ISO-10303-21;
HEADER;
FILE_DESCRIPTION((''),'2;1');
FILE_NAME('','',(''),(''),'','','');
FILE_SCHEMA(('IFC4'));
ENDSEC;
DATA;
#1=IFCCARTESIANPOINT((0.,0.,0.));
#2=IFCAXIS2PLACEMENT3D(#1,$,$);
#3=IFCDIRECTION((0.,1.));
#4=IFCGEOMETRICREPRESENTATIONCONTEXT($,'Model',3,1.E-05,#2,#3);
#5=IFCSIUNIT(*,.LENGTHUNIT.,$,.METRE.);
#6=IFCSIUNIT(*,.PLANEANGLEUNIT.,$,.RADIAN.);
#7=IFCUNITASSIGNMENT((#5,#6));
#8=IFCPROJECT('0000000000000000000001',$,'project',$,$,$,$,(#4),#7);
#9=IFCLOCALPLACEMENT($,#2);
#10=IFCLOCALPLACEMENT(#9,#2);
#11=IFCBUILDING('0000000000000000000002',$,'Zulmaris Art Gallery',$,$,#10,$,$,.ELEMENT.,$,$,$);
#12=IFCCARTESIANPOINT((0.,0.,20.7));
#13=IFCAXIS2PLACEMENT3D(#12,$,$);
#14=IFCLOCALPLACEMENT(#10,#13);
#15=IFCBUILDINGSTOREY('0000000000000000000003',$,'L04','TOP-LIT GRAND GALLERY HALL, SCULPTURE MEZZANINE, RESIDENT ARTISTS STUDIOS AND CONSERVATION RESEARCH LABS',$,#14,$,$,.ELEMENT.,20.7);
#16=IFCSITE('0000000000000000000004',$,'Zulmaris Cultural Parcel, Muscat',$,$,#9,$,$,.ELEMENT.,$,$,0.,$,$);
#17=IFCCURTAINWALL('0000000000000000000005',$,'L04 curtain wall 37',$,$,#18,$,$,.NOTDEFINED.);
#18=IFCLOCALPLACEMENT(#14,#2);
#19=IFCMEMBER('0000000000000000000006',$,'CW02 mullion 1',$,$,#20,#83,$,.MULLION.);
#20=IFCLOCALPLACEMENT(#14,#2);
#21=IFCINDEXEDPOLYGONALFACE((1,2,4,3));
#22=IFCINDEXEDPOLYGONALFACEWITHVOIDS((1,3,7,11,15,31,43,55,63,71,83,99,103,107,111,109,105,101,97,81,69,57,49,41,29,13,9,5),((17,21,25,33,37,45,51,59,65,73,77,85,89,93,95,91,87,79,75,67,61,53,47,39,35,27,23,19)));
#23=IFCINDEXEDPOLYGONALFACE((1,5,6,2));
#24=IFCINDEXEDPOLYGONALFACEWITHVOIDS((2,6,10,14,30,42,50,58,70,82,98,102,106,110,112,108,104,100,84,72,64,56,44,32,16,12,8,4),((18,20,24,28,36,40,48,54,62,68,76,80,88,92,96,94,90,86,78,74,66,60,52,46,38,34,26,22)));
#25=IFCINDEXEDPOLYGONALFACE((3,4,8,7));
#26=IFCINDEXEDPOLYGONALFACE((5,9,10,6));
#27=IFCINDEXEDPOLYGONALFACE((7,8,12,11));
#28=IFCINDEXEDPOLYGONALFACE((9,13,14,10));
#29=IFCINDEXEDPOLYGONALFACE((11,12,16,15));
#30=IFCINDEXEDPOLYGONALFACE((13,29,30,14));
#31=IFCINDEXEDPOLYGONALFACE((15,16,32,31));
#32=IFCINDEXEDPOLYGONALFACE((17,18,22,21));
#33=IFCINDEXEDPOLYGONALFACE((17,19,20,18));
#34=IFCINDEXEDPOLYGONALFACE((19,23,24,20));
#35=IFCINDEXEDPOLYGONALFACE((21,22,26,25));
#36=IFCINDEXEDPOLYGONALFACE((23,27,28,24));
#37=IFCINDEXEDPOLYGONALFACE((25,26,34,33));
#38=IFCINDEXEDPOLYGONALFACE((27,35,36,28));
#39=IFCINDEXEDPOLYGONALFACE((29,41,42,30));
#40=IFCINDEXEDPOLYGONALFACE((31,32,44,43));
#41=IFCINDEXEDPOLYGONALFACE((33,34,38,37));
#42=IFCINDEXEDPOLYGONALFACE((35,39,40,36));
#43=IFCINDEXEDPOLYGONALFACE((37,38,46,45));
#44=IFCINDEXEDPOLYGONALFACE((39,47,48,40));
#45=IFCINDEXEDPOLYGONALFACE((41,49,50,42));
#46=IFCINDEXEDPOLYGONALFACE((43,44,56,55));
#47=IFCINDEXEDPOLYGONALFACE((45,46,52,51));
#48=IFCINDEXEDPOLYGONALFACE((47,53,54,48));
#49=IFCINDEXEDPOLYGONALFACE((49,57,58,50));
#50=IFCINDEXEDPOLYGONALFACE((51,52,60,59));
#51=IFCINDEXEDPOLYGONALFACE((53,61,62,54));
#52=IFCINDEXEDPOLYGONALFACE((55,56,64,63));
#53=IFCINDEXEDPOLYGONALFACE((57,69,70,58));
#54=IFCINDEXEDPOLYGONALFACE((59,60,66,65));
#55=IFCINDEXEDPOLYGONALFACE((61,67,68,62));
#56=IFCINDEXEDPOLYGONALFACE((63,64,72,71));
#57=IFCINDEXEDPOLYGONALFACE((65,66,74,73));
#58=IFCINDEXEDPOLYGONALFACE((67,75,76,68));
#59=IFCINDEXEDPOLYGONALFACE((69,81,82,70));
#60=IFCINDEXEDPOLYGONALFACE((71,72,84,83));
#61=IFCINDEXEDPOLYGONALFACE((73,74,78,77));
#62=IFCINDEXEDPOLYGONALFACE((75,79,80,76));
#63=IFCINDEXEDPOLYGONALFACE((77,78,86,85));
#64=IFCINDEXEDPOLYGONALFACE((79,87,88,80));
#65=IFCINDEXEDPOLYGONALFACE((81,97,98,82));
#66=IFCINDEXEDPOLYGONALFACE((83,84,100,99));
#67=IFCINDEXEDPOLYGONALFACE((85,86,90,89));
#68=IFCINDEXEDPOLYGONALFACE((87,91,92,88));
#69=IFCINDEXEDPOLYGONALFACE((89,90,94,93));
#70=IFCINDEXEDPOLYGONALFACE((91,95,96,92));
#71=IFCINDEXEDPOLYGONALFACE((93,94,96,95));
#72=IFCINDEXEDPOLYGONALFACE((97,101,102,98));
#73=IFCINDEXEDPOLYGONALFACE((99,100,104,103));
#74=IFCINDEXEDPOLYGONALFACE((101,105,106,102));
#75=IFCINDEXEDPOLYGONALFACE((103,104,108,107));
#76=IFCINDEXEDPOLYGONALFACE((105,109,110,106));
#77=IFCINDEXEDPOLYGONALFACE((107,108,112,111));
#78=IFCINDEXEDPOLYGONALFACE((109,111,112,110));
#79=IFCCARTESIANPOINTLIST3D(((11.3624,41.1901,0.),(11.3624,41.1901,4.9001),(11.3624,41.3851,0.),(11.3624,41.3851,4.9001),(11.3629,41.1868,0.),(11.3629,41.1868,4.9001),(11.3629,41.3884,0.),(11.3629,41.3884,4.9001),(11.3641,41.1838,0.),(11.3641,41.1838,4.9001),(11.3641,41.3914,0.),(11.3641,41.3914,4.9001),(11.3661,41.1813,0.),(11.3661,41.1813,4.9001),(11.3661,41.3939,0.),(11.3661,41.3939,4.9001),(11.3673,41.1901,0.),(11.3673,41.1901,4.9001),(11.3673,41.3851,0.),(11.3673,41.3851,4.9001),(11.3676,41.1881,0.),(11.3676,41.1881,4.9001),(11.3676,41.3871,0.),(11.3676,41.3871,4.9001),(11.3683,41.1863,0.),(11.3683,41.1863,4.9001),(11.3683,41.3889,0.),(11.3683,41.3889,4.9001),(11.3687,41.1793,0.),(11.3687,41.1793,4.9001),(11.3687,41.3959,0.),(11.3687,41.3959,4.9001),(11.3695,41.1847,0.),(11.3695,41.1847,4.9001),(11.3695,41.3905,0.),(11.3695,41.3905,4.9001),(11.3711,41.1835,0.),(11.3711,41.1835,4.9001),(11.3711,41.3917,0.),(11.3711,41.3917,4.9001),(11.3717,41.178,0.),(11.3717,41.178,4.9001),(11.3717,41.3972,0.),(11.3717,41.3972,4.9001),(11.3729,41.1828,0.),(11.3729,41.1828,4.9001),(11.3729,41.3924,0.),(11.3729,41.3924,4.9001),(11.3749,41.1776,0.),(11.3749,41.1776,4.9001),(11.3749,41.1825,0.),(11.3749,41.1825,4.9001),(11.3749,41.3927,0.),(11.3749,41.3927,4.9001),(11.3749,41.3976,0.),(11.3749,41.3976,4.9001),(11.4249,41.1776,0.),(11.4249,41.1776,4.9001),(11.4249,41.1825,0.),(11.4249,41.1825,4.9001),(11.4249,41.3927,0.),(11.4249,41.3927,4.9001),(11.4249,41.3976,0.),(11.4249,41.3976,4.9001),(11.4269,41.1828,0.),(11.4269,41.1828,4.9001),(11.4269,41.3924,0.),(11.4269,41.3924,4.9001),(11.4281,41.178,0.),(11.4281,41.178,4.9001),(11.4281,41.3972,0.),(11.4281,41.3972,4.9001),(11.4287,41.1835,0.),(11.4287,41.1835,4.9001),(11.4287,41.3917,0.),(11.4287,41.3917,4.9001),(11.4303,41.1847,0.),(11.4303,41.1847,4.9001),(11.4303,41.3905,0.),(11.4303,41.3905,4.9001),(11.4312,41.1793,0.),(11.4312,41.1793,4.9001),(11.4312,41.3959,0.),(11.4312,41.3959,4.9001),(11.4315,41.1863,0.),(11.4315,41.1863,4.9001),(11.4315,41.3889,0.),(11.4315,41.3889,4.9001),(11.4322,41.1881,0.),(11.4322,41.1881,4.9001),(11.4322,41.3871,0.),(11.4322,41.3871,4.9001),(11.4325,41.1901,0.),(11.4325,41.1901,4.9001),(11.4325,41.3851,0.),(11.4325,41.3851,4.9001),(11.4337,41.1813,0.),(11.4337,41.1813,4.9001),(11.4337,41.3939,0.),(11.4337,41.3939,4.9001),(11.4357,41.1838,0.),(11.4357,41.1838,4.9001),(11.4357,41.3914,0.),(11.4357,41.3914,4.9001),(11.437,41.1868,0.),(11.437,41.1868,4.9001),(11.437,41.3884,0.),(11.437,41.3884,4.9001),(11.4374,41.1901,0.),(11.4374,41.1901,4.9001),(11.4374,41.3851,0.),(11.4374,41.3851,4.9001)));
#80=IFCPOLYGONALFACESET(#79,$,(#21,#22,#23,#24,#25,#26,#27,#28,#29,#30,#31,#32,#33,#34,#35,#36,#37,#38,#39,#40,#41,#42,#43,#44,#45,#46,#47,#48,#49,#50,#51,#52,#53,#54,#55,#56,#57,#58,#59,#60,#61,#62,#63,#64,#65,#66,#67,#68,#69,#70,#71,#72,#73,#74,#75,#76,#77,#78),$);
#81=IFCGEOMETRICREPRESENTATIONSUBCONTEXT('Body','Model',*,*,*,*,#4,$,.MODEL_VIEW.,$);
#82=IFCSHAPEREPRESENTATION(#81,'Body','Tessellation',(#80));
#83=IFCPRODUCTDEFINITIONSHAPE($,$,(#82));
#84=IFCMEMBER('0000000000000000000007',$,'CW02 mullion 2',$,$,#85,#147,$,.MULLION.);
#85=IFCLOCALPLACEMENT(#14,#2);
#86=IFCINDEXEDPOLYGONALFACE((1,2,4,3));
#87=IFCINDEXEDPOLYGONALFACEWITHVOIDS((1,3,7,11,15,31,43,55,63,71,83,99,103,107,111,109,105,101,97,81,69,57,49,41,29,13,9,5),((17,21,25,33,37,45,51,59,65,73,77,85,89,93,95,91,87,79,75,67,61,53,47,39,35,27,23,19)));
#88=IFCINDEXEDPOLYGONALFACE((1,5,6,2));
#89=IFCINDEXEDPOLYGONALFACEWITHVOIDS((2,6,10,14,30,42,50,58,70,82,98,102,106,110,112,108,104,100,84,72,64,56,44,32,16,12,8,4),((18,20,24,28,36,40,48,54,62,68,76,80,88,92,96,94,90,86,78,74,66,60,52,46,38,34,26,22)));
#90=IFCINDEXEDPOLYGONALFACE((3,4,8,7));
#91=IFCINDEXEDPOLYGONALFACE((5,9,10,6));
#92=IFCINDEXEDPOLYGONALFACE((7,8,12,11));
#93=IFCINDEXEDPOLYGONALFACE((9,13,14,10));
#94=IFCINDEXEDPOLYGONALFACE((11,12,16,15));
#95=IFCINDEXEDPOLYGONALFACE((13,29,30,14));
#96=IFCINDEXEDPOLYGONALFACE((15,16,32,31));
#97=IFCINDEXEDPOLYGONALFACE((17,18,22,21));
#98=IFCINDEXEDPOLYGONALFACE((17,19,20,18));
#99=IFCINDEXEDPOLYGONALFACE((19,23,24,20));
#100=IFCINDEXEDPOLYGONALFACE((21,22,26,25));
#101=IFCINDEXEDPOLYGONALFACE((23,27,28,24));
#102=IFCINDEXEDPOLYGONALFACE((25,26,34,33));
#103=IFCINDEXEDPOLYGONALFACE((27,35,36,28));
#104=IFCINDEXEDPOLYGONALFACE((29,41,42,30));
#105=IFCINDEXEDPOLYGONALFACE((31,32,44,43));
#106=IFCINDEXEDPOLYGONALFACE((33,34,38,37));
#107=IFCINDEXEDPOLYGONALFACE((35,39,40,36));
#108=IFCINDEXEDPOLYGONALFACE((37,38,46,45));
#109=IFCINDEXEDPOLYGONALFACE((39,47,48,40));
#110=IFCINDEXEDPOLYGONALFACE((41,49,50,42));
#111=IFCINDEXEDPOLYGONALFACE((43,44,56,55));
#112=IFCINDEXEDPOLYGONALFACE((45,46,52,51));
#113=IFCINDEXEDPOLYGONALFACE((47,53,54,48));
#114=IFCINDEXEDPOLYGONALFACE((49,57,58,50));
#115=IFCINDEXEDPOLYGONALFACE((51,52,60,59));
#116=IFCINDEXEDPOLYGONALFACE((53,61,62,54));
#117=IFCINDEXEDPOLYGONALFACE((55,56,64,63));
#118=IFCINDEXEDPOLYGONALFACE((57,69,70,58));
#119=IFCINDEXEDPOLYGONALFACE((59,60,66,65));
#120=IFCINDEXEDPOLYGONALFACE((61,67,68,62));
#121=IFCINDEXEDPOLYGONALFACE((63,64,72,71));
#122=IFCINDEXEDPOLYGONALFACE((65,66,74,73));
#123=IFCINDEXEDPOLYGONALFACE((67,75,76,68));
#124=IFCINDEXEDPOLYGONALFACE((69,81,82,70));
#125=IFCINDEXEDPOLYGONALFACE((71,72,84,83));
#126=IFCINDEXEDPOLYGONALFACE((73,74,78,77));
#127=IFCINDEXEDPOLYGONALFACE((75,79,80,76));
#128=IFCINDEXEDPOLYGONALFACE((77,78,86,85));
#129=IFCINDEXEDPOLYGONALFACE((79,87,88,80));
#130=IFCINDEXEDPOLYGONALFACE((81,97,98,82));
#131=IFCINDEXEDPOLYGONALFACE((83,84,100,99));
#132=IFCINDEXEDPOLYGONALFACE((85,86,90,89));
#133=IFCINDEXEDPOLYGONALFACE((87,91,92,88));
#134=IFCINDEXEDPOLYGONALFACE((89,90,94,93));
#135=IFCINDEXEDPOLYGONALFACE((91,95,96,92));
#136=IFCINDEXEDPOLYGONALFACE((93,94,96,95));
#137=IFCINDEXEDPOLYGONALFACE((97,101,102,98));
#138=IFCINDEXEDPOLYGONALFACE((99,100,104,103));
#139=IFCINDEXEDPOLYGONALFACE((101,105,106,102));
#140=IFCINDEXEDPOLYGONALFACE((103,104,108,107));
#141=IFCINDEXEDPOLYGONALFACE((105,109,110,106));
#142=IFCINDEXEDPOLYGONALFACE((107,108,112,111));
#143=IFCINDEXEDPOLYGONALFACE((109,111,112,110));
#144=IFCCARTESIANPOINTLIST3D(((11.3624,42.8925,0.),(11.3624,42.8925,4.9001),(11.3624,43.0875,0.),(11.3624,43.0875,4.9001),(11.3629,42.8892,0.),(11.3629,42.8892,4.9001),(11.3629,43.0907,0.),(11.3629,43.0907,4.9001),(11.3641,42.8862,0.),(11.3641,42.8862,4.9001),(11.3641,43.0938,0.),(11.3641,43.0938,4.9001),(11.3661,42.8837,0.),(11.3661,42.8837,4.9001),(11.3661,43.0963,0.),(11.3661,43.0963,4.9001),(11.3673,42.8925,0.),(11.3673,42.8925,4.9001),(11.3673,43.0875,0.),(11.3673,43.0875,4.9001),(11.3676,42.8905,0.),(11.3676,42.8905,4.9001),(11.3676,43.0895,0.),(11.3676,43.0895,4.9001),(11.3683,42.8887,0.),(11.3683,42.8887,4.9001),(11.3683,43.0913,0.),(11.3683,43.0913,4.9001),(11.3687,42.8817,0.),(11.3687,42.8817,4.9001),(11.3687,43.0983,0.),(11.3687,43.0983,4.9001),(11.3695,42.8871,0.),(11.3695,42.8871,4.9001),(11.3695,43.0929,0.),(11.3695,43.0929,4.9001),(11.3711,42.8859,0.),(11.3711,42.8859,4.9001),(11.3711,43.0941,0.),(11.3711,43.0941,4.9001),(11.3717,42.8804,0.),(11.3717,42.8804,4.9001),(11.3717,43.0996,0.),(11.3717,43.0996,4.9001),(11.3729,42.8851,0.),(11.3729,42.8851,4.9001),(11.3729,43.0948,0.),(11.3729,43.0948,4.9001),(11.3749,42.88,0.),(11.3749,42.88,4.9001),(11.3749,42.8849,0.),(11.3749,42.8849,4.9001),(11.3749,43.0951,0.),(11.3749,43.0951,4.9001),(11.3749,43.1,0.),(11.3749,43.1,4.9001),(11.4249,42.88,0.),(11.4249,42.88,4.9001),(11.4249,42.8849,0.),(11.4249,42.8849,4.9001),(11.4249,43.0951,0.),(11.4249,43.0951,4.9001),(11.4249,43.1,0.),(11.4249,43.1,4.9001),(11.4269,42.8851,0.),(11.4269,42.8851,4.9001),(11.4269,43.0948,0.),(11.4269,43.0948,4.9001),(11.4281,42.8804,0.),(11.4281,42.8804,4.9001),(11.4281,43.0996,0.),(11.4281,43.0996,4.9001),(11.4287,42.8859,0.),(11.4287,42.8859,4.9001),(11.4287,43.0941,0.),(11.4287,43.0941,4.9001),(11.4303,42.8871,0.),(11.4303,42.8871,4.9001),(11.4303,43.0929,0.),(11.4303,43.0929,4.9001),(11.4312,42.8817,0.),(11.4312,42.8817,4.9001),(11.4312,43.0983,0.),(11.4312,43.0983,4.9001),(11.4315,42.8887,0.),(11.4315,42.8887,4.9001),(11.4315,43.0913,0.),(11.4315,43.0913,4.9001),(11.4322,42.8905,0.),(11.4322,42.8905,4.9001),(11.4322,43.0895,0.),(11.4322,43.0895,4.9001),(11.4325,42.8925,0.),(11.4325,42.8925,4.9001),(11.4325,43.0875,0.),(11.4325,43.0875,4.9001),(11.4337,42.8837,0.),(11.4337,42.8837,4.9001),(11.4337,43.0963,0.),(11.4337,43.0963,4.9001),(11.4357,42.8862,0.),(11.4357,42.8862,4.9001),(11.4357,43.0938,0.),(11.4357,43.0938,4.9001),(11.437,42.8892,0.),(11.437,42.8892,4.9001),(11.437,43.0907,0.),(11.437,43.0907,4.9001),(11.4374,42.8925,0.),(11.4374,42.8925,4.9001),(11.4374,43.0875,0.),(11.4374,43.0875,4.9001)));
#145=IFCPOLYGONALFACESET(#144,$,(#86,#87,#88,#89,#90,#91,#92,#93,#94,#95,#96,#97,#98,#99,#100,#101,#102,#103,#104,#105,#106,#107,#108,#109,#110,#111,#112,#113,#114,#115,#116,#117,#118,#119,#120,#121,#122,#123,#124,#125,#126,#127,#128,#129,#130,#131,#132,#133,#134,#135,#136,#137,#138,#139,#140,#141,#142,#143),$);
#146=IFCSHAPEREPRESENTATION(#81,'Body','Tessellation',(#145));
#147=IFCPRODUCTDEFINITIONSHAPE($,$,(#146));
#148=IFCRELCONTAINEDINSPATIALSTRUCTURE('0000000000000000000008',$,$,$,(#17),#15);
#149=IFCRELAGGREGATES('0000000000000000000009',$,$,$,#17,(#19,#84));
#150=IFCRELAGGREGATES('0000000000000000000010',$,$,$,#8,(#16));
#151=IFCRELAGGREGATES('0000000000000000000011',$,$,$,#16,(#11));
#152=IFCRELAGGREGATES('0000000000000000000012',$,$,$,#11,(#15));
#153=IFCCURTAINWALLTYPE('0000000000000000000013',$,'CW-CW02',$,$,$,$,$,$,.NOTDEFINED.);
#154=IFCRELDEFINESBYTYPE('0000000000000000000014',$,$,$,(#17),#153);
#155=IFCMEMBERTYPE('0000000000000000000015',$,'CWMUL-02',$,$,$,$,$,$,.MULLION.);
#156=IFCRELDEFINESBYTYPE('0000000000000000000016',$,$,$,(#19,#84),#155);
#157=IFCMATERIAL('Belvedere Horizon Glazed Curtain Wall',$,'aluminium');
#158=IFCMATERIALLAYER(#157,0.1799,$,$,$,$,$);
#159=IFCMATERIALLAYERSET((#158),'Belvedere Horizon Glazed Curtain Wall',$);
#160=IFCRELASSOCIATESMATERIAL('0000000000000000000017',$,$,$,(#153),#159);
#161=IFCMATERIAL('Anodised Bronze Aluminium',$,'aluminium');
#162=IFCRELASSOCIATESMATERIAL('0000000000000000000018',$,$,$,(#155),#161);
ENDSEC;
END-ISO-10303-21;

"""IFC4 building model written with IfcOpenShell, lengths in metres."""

from ifc_helpers import new_model, si_unit, direction, frame, origin, origin_2d, place, context, subcontext, project, spatial, hollow_rectangle, extrude, material, layer, layer_set, material_profile, profile_set, type_object, element, aggregate, save


model = new_model("IFC4")

# Units and contexts
model_context = context("Model", 3, precision=1e-05, world=origin(), true_north=direction((0.0, 1.0)))
body_context = subcontext(model_context, "Body", "Model", "MODEL_VIEW")
ifc_project = project(units=[si_unit("LENGTHUNIT", "METRE"), si_unit("PLANEANGLEUNIT", "RADIAN")], contexts=[model_context])

# Site, building, storey
site_placement = place(None, origin())
site = spatial("IfcSite", under=ifc_project, at=site_placement, Name="Zulmaris Cultural Parcel, Muscat", CompositionType="ELEMENT", RefElevation=0.0)
building_placement = place(site_placement, origin())
building = spatial("IfcBuilding", under=site, at=building_placement, Name="Zulmaris Art Gallery", CompositionType="ELEMENT")
storey_placement = place(building_placement, frame((0.0, 0.0, 20.7)))
storey = spatial("IfcBuildingStorey", under=building, at=storey_placement, Name="L04", Description="TOP-LIT GRAND GALLERY HALL, SCULPTURE MEZZANINE, RESIDENT ARTISTS STUDIOS AND CONSERVATION RESEARCH LABS", CompositionType="ELEMENT", Elevation=20.7)

# Curtain wall, members
ifc_material_1 = material(Name="Belvedere Horizon Glazed Curtain Wall", Category="aluminium")
ifc_layer_1 = layer(ifc_material_1, 0.1799)
ifc_layer_set_1 = layer_set([ifc_layer_1], Name="Belvedere Horizon Glazed Curtain Wall")
curtain_wall_type = type_object("IfcCurtainWallType", Name="CW-CW02", PredefinedType="NOTDEFINED", material=ifc_layer_set_1)
ifc_material_2 = material(Name="Anodised Bronze Aluminium", Category="aluminium")
ifc_material_profile_1 = material_profile(ifc_material_2, hollow_rectangle(XDim=0.075, YDim=0.22, WallThickness=0.0049, InnerFilletRadius=0.0076, OuterFilletRadius=0.0125, at=origin_2d()), Name="ALU 75x220x5")
ifc_profile_set_1 = profile_set([ifc_material_profile_1], Name="Anodised Bronze Aluminium")
member_type_1 = type_object("IfcMemberType", Name="CWMUL-02", PredefinedType="MULLION", material=ifc_profile_set_1)
curtain_wall_1_placement = place(storey_placement, origin())
curtain_wall_1 = element("IfcCurtainWall", 1, at=curtain_wall_1_placement, inside=storey, type_object=curtain_wall_type, Name="L04 curtain wall 37", PredefinedType="NOTDEFINED")
member_1_placement = place(storey_placement, frame((11.3999, 41.2876, 0.0), z_axis=(0.0, 0.0, 1.0), x_axis=(-1.0, 0.0, 0.0)))
member_1 = element("IfcMember", 2, at=member_1_placement, type_object=member_type_1, Name="CW02 mullion 1", PredefinedType="MULLION", context=body_context, shape_type="SweptSolid", body=[
    extrude(hollow_rectangle(XDim=0.075, YDim=0.22, WallThickness=0.0049, InnerFilletRadius=0.0076, OuterFilletRadius=0.0125, at=origin_2d()), origin(), (0.0, 0.0, 1.0), 4.9001),
])
member_2_placement = place(storey_placement, frame((11.3999, 42.99, 0.0), z_axis=(0.0, 0.0, 1.0), x_axis=(-1.0, 0.0, 0.0)))
member_2 = element("IfcMember", 3, at=member_2_placement, type_object=member_type_1, Name="CW02 mullion 2", PredefinedType="MULLION", context=body_context, shape_type="SweptSolid", body=[
    extrude(hollow_rectangle(XDim=0.075, YDim=0.22, WallThickness=0.0049, InnerFilletRadius=0.0076, OuterFilletRadius=0.0125, at=origin_2d()), origin(), (0.0, 0.0, 1.0), 4.9001),
])

aggregate(curtain_wall_1, [member_1, member_2])

save(model, "model.ifc")
